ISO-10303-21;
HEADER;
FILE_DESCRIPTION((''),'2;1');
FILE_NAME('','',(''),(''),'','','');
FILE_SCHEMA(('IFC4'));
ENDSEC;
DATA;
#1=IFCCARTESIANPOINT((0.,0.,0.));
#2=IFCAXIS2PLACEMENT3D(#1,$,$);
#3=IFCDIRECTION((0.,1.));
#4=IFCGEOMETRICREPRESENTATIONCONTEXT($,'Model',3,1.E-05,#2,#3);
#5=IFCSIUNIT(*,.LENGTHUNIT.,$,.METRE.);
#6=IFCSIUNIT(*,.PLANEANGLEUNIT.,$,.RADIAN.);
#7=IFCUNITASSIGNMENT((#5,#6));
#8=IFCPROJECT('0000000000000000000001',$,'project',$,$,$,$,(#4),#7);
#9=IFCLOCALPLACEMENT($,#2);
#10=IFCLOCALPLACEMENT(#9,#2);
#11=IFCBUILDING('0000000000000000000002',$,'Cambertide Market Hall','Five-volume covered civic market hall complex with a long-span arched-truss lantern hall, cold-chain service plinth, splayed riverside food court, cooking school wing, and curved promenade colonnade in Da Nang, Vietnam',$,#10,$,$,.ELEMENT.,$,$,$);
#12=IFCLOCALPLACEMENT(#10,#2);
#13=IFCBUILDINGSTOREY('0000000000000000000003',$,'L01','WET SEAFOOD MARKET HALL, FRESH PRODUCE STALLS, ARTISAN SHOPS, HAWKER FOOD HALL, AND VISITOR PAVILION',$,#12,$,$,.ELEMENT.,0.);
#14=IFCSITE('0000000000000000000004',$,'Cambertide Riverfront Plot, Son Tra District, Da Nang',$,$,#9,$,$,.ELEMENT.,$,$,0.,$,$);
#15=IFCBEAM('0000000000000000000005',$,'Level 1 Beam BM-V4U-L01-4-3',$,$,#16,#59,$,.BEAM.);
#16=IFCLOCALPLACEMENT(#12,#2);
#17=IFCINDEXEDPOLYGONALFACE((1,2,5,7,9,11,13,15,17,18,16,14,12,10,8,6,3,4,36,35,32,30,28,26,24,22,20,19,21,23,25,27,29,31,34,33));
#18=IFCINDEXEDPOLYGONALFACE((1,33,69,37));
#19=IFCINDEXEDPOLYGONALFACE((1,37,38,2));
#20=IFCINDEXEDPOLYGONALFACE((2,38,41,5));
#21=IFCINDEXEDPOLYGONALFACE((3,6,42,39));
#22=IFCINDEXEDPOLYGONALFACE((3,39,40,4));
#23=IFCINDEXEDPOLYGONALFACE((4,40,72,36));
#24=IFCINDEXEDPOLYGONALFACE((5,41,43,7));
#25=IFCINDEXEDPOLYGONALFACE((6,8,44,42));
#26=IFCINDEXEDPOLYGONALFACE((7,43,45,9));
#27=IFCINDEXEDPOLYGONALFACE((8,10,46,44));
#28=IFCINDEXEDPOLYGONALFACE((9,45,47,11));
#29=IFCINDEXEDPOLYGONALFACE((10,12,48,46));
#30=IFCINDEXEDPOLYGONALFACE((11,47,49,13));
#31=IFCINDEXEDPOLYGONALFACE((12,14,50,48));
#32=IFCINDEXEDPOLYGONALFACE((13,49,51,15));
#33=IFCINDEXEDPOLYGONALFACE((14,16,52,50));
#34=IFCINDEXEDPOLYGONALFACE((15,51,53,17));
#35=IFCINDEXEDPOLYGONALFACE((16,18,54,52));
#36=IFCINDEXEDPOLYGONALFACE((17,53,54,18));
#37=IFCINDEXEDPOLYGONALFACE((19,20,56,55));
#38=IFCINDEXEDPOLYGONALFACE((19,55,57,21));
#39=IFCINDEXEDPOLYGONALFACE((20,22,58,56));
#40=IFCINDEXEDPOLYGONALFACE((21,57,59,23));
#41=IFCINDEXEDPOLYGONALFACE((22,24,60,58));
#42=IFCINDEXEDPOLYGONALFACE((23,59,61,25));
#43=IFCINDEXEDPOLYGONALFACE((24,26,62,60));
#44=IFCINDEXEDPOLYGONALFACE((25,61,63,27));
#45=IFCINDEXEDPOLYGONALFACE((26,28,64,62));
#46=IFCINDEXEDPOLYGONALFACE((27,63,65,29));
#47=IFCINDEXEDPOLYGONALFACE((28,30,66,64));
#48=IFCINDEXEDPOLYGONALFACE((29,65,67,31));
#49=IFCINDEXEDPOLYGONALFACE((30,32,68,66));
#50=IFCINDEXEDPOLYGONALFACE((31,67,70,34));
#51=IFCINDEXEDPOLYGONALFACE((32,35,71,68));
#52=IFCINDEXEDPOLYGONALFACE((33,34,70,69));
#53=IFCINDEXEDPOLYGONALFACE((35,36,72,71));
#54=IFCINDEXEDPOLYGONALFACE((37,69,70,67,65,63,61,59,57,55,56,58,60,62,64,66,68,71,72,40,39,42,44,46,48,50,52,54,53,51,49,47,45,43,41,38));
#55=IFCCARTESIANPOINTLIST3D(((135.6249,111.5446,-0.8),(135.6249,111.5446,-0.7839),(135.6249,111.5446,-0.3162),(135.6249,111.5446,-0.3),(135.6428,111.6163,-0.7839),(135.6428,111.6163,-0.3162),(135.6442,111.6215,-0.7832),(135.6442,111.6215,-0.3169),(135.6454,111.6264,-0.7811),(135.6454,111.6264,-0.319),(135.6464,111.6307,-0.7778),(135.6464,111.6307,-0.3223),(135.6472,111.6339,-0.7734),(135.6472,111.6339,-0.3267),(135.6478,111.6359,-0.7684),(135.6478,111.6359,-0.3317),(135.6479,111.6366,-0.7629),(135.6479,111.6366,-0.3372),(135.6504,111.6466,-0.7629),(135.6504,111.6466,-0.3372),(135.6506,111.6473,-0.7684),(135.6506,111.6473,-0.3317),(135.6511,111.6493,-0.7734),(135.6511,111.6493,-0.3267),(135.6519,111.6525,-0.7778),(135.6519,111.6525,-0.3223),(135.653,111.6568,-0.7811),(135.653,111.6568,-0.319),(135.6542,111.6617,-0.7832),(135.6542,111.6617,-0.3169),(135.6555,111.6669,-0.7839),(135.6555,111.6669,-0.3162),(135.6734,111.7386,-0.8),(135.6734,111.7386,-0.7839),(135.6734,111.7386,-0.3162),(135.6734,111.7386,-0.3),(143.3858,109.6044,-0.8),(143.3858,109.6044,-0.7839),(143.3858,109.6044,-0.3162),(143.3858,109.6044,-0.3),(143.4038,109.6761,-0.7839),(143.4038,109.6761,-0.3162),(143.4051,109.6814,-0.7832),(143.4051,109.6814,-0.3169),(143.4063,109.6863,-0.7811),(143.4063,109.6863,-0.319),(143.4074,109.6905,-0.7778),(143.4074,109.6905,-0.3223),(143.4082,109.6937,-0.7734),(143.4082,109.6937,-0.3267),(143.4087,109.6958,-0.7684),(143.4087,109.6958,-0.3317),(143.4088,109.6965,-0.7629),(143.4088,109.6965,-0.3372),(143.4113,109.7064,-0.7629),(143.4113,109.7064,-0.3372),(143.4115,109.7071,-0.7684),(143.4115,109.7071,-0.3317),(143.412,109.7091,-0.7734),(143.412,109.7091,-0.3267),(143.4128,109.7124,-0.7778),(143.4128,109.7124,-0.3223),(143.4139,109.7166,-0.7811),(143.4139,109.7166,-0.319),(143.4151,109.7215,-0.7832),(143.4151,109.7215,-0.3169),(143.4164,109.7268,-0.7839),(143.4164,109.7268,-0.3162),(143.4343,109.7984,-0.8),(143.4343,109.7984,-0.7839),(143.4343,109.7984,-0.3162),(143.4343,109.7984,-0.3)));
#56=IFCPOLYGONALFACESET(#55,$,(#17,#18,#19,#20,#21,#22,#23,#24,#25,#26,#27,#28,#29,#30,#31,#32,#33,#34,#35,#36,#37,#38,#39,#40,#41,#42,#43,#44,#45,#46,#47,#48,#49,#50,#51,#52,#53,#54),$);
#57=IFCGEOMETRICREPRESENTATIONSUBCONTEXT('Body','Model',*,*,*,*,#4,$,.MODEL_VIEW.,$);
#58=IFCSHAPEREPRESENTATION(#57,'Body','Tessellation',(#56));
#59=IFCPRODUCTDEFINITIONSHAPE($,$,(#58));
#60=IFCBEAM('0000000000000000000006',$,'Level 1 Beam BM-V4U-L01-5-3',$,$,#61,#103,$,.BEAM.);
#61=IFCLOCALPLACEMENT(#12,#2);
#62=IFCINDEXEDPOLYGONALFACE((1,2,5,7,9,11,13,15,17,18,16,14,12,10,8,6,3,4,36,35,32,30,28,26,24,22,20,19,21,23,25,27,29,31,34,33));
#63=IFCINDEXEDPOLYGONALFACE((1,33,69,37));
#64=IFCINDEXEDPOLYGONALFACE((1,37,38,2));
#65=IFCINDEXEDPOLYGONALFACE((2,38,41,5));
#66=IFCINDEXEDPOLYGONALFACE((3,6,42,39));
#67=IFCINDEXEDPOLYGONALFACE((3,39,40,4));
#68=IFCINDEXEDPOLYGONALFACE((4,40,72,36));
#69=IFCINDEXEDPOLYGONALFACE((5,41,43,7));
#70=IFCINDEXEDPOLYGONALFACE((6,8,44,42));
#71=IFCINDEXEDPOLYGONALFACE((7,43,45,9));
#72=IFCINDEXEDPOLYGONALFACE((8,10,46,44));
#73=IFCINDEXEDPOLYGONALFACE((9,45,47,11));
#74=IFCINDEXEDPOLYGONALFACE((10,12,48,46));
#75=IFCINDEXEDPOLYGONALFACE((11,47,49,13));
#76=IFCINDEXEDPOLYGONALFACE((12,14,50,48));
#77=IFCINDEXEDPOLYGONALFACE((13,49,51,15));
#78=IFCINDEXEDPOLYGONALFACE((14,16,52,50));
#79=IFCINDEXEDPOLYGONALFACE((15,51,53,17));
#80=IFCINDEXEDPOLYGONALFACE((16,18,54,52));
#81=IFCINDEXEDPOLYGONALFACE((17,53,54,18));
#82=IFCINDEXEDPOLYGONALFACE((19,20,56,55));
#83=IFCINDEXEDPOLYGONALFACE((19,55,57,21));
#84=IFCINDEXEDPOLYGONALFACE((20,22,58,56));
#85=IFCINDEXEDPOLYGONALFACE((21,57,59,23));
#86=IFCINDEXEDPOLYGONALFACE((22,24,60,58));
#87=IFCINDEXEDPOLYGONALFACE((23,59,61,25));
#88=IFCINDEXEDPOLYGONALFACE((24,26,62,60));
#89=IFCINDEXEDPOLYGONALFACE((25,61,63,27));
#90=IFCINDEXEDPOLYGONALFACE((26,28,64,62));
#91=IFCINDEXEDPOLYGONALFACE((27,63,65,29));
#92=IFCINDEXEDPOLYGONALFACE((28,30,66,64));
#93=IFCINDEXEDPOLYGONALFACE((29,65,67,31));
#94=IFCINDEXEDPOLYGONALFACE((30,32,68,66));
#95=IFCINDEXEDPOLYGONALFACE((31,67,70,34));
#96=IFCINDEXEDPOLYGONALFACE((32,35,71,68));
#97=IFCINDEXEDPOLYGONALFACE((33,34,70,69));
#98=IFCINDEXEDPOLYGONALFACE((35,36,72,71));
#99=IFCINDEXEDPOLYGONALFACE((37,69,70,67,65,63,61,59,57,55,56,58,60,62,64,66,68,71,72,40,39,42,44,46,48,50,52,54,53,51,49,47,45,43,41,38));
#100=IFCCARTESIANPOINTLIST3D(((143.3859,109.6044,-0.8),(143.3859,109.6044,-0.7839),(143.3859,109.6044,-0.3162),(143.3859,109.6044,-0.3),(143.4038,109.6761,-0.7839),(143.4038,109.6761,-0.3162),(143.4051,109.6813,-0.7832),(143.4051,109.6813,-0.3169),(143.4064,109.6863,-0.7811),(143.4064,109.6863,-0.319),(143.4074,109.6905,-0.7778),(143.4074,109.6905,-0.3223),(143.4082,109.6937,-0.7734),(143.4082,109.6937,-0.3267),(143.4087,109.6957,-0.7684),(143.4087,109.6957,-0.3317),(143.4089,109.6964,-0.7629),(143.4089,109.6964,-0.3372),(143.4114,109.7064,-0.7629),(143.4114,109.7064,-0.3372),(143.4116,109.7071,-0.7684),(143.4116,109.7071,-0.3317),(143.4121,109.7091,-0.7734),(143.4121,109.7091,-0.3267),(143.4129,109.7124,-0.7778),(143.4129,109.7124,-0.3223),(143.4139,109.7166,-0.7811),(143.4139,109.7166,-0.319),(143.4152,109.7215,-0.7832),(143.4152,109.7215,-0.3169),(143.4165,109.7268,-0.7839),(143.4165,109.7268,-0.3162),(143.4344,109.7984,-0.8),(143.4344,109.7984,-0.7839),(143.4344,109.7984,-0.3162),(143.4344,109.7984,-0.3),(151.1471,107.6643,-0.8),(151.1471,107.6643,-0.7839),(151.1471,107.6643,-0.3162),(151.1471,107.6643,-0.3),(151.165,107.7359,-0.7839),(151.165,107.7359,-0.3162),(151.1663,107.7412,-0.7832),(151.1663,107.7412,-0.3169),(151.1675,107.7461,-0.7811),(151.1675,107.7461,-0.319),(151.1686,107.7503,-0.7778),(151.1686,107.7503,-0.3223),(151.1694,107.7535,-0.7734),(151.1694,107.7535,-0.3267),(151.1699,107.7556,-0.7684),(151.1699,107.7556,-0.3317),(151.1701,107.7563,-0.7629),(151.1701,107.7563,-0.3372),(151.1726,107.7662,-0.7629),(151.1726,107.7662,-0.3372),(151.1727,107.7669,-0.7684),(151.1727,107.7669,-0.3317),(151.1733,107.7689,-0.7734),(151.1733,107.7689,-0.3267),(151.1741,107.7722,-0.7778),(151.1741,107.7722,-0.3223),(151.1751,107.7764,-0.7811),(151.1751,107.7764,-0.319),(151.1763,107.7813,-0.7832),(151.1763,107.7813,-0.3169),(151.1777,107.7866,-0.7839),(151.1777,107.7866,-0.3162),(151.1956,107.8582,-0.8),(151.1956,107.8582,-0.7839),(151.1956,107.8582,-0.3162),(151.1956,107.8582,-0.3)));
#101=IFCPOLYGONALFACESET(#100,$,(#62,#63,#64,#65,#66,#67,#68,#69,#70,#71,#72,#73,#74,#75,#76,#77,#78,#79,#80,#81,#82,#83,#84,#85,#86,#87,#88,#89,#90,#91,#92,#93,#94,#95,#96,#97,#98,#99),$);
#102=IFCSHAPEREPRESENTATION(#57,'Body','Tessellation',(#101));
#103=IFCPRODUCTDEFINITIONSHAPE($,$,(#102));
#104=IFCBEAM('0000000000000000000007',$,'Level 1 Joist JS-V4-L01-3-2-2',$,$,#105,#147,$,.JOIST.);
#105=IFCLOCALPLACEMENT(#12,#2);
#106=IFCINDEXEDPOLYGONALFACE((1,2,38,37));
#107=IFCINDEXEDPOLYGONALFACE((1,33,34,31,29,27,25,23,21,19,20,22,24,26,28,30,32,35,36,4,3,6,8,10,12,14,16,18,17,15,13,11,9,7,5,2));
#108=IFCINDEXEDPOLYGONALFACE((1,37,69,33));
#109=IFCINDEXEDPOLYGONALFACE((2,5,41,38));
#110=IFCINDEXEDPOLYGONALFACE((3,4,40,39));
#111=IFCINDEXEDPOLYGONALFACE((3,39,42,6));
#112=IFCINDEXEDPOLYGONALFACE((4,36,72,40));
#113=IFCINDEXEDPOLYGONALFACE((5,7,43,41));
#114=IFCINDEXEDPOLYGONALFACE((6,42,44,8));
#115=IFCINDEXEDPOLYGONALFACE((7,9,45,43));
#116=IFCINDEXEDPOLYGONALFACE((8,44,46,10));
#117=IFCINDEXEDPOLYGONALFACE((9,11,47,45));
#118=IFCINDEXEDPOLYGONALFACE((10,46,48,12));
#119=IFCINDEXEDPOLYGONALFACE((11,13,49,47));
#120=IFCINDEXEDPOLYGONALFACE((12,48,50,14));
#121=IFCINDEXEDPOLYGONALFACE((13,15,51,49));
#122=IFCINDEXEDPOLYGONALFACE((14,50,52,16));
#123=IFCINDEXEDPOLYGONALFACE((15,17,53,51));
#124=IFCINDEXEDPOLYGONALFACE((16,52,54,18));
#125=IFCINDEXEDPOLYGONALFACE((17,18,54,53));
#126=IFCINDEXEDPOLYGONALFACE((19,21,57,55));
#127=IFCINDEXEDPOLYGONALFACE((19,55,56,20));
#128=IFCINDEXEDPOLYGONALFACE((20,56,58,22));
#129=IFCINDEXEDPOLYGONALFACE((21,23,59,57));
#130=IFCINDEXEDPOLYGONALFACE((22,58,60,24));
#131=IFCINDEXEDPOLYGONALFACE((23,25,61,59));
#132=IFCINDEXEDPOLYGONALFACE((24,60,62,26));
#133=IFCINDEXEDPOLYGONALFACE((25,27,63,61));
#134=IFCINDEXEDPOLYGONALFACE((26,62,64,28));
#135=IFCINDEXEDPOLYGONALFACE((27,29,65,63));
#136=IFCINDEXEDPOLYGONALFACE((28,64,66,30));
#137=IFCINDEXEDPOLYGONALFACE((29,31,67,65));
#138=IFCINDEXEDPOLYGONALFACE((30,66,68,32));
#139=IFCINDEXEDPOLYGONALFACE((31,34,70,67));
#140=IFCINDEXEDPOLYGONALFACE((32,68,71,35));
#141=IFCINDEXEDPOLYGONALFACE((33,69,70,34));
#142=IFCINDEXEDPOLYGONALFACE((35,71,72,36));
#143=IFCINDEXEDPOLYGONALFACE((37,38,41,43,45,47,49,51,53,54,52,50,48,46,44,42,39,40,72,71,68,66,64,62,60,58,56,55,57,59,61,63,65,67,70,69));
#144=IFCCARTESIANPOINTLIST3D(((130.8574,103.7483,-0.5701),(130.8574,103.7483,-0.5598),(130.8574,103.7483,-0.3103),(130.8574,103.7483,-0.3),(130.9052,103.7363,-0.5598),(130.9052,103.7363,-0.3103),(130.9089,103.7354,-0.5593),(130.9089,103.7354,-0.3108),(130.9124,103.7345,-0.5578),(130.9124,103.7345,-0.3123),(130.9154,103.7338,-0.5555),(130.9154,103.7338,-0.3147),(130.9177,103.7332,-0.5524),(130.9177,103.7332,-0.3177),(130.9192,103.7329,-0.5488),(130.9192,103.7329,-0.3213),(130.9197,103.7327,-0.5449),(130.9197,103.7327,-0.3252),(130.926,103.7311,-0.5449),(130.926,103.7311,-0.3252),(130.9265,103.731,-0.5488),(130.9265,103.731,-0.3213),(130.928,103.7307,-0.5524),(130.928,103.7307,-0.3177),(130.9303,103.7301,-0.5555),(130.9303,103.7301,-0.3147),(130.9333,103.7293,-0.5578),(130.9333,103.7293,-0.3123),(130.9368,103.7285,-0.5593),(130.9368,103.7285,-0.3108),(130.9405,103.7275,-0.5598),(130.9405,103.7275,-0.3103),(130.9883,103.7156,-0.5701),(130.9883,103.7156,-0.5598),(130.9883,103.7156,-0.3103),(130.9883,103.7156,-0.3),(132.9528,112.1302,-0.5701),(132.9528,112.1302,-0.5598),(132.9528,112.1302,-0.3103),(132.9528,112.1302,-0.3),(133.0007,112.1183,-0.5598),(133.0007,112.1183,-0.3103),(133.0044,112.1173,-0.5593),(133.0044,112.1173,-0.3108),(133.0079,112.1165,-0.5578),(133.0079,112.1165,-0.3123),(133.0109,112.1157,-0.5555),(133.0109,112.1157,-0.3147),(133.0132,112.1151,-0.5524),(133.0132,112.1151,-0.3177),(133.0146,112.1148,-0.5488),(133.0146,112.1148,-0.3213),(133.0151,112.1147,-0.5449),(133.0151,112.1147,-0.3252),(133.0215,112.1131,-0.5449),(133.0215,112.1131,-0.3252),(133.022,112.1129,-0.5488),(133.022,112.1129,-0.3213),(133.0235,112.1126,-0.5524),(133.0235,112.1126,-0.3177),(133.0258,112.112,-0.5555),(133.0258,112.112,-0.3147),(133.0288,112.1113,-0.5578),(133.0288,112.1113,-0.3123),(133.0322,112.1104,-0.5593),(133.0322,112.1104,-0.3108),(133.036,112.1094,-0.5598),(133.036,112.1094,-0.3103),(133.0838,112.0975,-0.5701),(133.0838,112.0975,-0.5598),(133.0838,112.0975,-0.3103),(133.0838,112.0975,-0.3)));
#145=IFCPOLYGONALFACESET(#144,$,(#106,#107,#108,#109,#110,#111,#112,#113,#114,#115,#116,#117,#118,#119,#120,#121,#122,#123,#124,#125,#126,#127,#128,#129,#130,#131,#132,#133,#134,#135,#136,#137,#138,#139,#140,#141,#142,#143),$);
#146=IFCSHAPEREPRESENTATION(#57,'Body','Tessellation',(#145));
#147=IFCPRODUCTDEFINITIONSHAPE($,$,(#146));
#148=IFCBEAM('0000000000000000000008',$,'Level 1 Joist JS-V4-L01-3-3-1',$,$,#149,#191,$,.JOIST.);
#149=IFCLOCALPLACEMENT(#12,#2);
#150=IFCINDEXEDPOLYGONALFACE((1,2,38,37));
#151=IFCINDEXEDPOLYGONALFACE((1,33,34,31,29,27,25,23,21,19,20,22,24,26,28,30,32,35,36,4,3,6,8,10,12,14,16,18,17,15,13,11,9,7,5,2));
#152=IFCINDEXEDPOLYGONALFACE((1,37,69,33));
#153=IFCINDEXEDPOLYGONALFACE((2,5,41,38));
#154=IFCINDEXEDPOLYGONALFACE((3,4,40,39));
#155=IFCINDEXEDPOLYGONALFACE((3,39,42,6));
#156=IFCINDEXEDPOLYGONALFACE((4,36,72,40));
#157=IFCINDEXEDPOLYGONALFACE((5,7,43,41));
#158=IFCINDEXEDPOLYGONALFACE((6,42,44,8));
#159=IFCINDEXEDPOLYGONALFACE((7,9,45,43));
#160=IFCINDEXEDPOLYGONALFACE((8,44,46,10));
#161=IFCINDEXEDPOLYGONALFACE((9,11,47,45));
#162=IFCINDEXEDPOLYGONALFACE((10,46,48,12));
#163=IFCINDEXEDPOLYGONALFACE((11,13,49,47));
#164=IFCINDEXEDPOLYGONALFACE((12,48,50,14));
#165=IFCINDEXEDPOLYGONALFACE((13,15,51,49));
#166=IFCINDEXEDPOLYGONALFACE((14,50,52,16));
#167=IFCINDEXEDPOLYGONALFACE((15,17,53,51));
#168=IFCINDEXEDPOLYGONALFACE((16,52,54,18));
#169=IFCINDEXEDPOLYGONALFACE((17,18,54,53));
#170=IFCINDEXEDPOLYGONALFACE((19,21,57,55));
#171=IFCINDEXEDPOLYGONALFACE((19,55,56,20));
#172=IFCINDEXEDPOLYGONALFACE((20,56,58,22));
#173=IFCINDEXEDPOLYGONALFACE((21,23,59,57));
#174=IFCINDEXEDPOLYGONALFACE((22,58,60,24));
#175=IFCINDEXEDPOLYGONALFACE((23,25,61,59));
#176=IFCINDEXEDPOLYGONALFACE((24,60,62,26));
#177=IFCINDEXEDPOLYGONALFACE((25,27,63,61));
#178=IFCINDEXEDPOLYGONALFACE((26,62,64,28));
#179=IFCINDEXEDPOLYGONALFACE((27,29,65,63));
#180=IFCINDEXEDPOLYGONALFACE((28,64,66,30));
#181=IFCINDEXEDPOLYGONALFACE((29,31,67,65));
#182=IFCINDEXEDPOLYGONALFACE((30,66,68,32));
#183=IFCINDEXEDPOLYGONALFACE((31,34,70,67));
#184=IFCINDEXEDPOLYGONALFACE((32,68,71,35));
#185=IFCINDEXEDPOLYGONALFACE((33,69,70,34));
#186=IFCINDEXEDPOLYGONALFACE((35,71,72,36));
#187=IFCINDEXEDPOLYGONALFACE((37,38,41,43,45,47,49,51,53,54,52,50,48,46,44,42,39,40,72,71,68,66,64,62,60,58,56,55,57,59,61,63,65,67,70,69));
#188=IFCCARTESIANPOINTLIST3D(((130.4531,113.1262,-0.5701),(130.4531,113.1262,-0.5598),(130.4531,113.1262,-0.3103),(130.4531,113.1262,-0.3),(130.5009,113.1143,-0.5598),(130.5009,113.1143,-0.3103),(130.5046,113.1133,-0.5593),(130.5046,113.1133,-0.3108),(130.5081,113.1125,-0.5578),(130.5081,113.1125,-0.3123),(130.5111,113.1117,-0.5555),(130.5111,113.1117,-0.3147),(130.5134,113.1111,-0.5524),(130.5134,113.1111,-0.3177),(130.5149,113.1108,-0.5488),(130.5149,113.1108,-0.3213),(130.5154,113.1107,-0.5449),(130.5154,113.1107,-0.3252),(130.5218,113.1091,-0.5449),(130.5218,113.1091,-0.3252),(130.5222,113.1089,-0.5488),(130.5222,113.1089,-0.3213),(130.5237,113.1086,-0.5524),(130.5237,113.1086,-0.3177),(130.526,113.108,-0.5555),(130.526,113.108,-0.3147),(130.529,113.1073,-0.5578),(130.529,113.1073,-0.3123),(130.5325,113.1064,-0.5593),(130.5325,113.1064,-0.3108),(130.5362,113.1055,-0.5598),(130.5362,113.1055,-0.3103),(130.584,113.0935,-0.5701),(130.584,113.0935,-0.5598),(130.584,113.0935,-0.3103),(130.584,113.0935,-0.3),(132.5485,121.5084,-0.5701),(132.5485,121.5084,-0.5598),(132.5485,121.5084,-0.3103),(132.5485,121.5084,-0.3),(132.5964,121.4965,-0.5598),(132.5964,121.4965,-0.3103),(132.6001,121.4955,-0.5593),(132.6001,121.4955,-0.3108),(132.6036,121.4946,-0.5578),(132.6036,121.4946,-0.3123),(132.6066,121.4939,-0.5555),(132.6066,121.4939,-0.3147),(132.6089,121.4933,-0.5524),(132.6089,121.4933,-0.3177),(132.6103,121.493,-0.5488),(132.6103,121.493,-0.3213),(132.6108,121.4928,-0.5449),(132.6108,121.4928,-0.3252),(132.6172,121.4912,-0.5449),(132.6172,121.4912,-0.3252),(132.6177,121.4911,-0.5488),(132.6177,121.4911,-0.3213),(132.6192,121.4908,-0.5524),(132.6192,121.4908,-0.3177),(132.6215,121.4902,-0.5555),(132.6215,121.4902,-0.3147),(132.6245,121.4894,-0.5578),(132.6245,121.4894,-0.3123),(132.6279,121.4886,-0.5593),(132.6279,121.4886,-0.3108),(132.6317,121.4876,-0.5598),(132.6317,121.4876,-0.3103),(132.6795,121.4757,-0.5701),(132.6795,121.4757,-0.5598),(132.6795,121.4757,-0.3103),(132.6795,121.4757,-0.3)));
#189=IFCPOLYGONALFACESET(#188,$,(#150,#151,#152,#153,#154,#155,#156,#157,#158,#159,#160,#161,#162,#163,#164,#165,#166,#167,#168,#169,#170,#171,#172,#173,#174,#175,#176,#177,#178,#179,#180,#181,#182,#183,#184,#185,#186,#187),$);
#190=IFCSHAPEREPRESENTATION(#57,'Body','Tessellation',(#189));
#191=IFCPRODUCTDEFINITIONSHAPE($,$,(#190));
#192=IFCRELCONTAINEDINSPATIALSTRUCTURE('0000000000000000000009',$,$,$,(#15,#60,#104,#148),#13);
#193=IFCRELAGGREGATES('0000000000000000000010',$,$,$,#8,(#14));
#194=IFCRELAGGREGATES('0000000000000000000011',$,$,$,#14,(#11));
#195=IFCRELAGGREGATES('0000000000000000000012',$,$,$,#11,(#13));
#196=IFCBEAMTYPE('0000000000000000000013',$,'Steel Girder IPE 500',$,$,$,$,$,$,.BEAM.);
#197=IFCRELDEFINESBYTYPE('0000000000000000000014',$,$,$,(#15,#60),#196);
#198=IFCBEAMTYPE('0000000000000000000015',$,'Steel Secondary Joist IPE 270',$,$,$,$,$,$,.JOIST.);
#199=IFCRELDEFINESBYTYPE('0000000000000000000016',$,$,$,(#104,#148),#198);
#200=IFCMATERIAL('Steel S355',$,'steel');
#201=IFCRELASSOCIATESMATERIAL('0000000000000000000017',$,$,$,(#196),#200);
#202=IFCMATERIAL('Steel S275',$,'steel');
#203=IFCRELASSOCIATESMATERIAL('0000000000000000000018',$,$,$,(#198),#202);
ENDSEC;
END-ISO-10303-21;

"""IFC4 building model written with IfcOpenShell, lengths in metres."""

from ifc_helpers import new_model, si_unit, direction, frame, origin, origin_2d, place, context, subcontext, project, spatial, i_section, extrude, material, material_profile, profile_set, type_object, element, save


model = new_model("IFC4")

# Units and contexts
model_context = context("Model", 3, precision=1e-05, world=origin(), true_north=direction((0.0, 1.0)))
body_context = subcontext(model_context, "Body", "Model", "MODEL_VIEW")
ifc_project = project(units=[si_unit("LENGTHUNIT", "METRE"), si_unit("PLANEANGLEUNIT", "RADIAN")], contexts=[model_context])

# Site, building, storey
site_placement = place(None, origin())
site = spatial("IfcSite", under=ifc_project, at=site_placement, Name="Cambertide Riverfront Plot, Son Tra District, Da Nang", CompositionType="ELEMENT", RefElevation=0.0)
building_placement = place(site_placement, origin())
building = spatial("IfcBuilding", under=site, at=building_placement, Name="Cambertide Market Hall", Description="Five-volume covered civic market hall complex with a long-span arched-truss lantern hall, cold-chain service plinth, splayed riverside food court, cooking school wing, and curved promenade colonnade in Da Nang, Vietnam", CompositionType="ELEMENT")
storey_placement = place(building_placement, origin())
storey = spatial("IfcBuildingStorey", under=building, at=storey_placement, Name="L01", Description="WET SEAFOOD MARKET HALL, FRESH PRODUCE STALLS, ARTISAN SHOPS, HAWKER FOOD HALL, AND VISITOR PAVILION", CompositionType="ELEMENT", Elevation=0.0)

# Beams
ifc_material_1 = material(Name="Steel S355", Category="steel")
ifc_material_profile_1 = material_profile(ifc_material_1, i_section(OverallWidth=0.2, OverallDepth=0.5, WebThickness=0.0103, FlangeThickness=0.0161, FilletRadius=0.021, at=origin_2d()), Name="IPE 500")
ifc_profile_set_1 = profile_set([ifc_material_profile_1], Name="Steel S355")
beam_type_1 = type_object("IfcBeamType", Name="Steel Girder IPE 500", PredefinedType="BEAM", material=ifc_profile_set_1)
beam_1_placement = place(storey_placement, frame((135.6492, 111.6416, -0.55), z_axis=(0.970144, -0.242528, 0.0), x_axis=(0.242528, 0.970144, 0.0)))
element("IfcBeam", 1, at=beam_1_placement, inside=storey, type_object=beam_type_1, Name="Level 1 Beam BM-V4U-L01-4-3", PredefinedType="BEAM", context=body_context, shape_type="SweptSolid", body=[
    extrude(i_section(OverallWidth=0.2, OverallDepth=0.5, WebThickness=0.0103, FlangeThickness=0.0161, FilletRadius=0.021, at=origin_2d()), origin(), (0.0, 0.0, 1.0), 7.9998),
])
beam_2_placement = place(storey_placement, frame((143.4102, 109.7014, -0.55), z_axis=(0.970146, -0.242521, 0.0), x_axis=(0.242521, 0.970146, 0.0)))
element("IfcBeam", 2, at=beam_2_placement, inside=storey, type_object=beam_type_1, Name="Level 1 Beam BM-V4U-L01-5-3", PredefinedType="BEAM", context=body_context, shape_type="SweptSolid", body=[
    extrude(i_section(OverallWidth=0.2, OverallDepth=0.5, WebThickness=0.0103, FlangeThickness=0.0161, FilletRadius=0.021, at=origin_2d()), origin(), (0.0, 0.0, 1.0), 8.0),
])
ifc_material_2 = material(Name="Steel S275", Category="steel")
ifc_material_profile_2 = material_profile(ifc_material_2, i_section(OverallWidth=0.135, OverallDepth=0.27, WebThickness=0.0066, FlangeThickness=0.0103, FilletRadius=0.0149, at=origin_2d()), Name="IPE 270")
ifc_profile_set_2 = profile_set([ifc_material_profile_2], Name="Steel S275")
beam_type_2 = type_object("IfcBeamType", Name="Steel Secondary Joist IPE 270", PredefinedType="JOIST", material=ifc_profile_set_2)
beam_3_placement = place(storey_placement, frame((130.9229, 103.7319, -0.4351), z_axis=(0.242536, 0.970143, 0.0), x_axis=(-0.970143, 0.242536, 0.0)))
element("IfcBeam", 3, at=beam_3_placement, inside=storey, type_object=beam_type_2, Name="Level 1 Joist JS-V4-L01-3-2-2", PredefinedType="JOIST", context=body_context, shape_type="SweptSolid", body=[
    extrude(i_section(OverallWidth=0.135, OverallDepth=0.27, WebThickness=0.0066, FlangeThickness=0.0103, FilletRadius=0.0149, at=origin_2d()), origin(), (0.0, 0.0, 1.0), 8.6399),
])
for number, where, z_axis, x_axis, name in (
    (4, (130.5186, 113.1099, -0.4351), (0.242529, 0.970144, 0.0), (-0.970144, 0.242529, 0.0), "Level 1 Joist JS-V4-L01-3-3-1"),
):
    element("IfcBeam", number, at=place(storey_placement, frame(where, z_axis=z_axis, x_axis=x_axis)), inside=storey, type_object=beam_type_2, Name=name, PredefinedType="JOIST", context=body_context, shape_type="SweptSolid", body=[
        extrude(i_section(OverallWidth=0.135, OverallDepth=0.27, WebThickness=0.0066, FlangeThickness=0.0103, FilletRadius=0.0149, at=origin_2d()), origin(), (0.0, 0.0, 1.0), 8.6401),
    ])

save(model, "model.ifc")
